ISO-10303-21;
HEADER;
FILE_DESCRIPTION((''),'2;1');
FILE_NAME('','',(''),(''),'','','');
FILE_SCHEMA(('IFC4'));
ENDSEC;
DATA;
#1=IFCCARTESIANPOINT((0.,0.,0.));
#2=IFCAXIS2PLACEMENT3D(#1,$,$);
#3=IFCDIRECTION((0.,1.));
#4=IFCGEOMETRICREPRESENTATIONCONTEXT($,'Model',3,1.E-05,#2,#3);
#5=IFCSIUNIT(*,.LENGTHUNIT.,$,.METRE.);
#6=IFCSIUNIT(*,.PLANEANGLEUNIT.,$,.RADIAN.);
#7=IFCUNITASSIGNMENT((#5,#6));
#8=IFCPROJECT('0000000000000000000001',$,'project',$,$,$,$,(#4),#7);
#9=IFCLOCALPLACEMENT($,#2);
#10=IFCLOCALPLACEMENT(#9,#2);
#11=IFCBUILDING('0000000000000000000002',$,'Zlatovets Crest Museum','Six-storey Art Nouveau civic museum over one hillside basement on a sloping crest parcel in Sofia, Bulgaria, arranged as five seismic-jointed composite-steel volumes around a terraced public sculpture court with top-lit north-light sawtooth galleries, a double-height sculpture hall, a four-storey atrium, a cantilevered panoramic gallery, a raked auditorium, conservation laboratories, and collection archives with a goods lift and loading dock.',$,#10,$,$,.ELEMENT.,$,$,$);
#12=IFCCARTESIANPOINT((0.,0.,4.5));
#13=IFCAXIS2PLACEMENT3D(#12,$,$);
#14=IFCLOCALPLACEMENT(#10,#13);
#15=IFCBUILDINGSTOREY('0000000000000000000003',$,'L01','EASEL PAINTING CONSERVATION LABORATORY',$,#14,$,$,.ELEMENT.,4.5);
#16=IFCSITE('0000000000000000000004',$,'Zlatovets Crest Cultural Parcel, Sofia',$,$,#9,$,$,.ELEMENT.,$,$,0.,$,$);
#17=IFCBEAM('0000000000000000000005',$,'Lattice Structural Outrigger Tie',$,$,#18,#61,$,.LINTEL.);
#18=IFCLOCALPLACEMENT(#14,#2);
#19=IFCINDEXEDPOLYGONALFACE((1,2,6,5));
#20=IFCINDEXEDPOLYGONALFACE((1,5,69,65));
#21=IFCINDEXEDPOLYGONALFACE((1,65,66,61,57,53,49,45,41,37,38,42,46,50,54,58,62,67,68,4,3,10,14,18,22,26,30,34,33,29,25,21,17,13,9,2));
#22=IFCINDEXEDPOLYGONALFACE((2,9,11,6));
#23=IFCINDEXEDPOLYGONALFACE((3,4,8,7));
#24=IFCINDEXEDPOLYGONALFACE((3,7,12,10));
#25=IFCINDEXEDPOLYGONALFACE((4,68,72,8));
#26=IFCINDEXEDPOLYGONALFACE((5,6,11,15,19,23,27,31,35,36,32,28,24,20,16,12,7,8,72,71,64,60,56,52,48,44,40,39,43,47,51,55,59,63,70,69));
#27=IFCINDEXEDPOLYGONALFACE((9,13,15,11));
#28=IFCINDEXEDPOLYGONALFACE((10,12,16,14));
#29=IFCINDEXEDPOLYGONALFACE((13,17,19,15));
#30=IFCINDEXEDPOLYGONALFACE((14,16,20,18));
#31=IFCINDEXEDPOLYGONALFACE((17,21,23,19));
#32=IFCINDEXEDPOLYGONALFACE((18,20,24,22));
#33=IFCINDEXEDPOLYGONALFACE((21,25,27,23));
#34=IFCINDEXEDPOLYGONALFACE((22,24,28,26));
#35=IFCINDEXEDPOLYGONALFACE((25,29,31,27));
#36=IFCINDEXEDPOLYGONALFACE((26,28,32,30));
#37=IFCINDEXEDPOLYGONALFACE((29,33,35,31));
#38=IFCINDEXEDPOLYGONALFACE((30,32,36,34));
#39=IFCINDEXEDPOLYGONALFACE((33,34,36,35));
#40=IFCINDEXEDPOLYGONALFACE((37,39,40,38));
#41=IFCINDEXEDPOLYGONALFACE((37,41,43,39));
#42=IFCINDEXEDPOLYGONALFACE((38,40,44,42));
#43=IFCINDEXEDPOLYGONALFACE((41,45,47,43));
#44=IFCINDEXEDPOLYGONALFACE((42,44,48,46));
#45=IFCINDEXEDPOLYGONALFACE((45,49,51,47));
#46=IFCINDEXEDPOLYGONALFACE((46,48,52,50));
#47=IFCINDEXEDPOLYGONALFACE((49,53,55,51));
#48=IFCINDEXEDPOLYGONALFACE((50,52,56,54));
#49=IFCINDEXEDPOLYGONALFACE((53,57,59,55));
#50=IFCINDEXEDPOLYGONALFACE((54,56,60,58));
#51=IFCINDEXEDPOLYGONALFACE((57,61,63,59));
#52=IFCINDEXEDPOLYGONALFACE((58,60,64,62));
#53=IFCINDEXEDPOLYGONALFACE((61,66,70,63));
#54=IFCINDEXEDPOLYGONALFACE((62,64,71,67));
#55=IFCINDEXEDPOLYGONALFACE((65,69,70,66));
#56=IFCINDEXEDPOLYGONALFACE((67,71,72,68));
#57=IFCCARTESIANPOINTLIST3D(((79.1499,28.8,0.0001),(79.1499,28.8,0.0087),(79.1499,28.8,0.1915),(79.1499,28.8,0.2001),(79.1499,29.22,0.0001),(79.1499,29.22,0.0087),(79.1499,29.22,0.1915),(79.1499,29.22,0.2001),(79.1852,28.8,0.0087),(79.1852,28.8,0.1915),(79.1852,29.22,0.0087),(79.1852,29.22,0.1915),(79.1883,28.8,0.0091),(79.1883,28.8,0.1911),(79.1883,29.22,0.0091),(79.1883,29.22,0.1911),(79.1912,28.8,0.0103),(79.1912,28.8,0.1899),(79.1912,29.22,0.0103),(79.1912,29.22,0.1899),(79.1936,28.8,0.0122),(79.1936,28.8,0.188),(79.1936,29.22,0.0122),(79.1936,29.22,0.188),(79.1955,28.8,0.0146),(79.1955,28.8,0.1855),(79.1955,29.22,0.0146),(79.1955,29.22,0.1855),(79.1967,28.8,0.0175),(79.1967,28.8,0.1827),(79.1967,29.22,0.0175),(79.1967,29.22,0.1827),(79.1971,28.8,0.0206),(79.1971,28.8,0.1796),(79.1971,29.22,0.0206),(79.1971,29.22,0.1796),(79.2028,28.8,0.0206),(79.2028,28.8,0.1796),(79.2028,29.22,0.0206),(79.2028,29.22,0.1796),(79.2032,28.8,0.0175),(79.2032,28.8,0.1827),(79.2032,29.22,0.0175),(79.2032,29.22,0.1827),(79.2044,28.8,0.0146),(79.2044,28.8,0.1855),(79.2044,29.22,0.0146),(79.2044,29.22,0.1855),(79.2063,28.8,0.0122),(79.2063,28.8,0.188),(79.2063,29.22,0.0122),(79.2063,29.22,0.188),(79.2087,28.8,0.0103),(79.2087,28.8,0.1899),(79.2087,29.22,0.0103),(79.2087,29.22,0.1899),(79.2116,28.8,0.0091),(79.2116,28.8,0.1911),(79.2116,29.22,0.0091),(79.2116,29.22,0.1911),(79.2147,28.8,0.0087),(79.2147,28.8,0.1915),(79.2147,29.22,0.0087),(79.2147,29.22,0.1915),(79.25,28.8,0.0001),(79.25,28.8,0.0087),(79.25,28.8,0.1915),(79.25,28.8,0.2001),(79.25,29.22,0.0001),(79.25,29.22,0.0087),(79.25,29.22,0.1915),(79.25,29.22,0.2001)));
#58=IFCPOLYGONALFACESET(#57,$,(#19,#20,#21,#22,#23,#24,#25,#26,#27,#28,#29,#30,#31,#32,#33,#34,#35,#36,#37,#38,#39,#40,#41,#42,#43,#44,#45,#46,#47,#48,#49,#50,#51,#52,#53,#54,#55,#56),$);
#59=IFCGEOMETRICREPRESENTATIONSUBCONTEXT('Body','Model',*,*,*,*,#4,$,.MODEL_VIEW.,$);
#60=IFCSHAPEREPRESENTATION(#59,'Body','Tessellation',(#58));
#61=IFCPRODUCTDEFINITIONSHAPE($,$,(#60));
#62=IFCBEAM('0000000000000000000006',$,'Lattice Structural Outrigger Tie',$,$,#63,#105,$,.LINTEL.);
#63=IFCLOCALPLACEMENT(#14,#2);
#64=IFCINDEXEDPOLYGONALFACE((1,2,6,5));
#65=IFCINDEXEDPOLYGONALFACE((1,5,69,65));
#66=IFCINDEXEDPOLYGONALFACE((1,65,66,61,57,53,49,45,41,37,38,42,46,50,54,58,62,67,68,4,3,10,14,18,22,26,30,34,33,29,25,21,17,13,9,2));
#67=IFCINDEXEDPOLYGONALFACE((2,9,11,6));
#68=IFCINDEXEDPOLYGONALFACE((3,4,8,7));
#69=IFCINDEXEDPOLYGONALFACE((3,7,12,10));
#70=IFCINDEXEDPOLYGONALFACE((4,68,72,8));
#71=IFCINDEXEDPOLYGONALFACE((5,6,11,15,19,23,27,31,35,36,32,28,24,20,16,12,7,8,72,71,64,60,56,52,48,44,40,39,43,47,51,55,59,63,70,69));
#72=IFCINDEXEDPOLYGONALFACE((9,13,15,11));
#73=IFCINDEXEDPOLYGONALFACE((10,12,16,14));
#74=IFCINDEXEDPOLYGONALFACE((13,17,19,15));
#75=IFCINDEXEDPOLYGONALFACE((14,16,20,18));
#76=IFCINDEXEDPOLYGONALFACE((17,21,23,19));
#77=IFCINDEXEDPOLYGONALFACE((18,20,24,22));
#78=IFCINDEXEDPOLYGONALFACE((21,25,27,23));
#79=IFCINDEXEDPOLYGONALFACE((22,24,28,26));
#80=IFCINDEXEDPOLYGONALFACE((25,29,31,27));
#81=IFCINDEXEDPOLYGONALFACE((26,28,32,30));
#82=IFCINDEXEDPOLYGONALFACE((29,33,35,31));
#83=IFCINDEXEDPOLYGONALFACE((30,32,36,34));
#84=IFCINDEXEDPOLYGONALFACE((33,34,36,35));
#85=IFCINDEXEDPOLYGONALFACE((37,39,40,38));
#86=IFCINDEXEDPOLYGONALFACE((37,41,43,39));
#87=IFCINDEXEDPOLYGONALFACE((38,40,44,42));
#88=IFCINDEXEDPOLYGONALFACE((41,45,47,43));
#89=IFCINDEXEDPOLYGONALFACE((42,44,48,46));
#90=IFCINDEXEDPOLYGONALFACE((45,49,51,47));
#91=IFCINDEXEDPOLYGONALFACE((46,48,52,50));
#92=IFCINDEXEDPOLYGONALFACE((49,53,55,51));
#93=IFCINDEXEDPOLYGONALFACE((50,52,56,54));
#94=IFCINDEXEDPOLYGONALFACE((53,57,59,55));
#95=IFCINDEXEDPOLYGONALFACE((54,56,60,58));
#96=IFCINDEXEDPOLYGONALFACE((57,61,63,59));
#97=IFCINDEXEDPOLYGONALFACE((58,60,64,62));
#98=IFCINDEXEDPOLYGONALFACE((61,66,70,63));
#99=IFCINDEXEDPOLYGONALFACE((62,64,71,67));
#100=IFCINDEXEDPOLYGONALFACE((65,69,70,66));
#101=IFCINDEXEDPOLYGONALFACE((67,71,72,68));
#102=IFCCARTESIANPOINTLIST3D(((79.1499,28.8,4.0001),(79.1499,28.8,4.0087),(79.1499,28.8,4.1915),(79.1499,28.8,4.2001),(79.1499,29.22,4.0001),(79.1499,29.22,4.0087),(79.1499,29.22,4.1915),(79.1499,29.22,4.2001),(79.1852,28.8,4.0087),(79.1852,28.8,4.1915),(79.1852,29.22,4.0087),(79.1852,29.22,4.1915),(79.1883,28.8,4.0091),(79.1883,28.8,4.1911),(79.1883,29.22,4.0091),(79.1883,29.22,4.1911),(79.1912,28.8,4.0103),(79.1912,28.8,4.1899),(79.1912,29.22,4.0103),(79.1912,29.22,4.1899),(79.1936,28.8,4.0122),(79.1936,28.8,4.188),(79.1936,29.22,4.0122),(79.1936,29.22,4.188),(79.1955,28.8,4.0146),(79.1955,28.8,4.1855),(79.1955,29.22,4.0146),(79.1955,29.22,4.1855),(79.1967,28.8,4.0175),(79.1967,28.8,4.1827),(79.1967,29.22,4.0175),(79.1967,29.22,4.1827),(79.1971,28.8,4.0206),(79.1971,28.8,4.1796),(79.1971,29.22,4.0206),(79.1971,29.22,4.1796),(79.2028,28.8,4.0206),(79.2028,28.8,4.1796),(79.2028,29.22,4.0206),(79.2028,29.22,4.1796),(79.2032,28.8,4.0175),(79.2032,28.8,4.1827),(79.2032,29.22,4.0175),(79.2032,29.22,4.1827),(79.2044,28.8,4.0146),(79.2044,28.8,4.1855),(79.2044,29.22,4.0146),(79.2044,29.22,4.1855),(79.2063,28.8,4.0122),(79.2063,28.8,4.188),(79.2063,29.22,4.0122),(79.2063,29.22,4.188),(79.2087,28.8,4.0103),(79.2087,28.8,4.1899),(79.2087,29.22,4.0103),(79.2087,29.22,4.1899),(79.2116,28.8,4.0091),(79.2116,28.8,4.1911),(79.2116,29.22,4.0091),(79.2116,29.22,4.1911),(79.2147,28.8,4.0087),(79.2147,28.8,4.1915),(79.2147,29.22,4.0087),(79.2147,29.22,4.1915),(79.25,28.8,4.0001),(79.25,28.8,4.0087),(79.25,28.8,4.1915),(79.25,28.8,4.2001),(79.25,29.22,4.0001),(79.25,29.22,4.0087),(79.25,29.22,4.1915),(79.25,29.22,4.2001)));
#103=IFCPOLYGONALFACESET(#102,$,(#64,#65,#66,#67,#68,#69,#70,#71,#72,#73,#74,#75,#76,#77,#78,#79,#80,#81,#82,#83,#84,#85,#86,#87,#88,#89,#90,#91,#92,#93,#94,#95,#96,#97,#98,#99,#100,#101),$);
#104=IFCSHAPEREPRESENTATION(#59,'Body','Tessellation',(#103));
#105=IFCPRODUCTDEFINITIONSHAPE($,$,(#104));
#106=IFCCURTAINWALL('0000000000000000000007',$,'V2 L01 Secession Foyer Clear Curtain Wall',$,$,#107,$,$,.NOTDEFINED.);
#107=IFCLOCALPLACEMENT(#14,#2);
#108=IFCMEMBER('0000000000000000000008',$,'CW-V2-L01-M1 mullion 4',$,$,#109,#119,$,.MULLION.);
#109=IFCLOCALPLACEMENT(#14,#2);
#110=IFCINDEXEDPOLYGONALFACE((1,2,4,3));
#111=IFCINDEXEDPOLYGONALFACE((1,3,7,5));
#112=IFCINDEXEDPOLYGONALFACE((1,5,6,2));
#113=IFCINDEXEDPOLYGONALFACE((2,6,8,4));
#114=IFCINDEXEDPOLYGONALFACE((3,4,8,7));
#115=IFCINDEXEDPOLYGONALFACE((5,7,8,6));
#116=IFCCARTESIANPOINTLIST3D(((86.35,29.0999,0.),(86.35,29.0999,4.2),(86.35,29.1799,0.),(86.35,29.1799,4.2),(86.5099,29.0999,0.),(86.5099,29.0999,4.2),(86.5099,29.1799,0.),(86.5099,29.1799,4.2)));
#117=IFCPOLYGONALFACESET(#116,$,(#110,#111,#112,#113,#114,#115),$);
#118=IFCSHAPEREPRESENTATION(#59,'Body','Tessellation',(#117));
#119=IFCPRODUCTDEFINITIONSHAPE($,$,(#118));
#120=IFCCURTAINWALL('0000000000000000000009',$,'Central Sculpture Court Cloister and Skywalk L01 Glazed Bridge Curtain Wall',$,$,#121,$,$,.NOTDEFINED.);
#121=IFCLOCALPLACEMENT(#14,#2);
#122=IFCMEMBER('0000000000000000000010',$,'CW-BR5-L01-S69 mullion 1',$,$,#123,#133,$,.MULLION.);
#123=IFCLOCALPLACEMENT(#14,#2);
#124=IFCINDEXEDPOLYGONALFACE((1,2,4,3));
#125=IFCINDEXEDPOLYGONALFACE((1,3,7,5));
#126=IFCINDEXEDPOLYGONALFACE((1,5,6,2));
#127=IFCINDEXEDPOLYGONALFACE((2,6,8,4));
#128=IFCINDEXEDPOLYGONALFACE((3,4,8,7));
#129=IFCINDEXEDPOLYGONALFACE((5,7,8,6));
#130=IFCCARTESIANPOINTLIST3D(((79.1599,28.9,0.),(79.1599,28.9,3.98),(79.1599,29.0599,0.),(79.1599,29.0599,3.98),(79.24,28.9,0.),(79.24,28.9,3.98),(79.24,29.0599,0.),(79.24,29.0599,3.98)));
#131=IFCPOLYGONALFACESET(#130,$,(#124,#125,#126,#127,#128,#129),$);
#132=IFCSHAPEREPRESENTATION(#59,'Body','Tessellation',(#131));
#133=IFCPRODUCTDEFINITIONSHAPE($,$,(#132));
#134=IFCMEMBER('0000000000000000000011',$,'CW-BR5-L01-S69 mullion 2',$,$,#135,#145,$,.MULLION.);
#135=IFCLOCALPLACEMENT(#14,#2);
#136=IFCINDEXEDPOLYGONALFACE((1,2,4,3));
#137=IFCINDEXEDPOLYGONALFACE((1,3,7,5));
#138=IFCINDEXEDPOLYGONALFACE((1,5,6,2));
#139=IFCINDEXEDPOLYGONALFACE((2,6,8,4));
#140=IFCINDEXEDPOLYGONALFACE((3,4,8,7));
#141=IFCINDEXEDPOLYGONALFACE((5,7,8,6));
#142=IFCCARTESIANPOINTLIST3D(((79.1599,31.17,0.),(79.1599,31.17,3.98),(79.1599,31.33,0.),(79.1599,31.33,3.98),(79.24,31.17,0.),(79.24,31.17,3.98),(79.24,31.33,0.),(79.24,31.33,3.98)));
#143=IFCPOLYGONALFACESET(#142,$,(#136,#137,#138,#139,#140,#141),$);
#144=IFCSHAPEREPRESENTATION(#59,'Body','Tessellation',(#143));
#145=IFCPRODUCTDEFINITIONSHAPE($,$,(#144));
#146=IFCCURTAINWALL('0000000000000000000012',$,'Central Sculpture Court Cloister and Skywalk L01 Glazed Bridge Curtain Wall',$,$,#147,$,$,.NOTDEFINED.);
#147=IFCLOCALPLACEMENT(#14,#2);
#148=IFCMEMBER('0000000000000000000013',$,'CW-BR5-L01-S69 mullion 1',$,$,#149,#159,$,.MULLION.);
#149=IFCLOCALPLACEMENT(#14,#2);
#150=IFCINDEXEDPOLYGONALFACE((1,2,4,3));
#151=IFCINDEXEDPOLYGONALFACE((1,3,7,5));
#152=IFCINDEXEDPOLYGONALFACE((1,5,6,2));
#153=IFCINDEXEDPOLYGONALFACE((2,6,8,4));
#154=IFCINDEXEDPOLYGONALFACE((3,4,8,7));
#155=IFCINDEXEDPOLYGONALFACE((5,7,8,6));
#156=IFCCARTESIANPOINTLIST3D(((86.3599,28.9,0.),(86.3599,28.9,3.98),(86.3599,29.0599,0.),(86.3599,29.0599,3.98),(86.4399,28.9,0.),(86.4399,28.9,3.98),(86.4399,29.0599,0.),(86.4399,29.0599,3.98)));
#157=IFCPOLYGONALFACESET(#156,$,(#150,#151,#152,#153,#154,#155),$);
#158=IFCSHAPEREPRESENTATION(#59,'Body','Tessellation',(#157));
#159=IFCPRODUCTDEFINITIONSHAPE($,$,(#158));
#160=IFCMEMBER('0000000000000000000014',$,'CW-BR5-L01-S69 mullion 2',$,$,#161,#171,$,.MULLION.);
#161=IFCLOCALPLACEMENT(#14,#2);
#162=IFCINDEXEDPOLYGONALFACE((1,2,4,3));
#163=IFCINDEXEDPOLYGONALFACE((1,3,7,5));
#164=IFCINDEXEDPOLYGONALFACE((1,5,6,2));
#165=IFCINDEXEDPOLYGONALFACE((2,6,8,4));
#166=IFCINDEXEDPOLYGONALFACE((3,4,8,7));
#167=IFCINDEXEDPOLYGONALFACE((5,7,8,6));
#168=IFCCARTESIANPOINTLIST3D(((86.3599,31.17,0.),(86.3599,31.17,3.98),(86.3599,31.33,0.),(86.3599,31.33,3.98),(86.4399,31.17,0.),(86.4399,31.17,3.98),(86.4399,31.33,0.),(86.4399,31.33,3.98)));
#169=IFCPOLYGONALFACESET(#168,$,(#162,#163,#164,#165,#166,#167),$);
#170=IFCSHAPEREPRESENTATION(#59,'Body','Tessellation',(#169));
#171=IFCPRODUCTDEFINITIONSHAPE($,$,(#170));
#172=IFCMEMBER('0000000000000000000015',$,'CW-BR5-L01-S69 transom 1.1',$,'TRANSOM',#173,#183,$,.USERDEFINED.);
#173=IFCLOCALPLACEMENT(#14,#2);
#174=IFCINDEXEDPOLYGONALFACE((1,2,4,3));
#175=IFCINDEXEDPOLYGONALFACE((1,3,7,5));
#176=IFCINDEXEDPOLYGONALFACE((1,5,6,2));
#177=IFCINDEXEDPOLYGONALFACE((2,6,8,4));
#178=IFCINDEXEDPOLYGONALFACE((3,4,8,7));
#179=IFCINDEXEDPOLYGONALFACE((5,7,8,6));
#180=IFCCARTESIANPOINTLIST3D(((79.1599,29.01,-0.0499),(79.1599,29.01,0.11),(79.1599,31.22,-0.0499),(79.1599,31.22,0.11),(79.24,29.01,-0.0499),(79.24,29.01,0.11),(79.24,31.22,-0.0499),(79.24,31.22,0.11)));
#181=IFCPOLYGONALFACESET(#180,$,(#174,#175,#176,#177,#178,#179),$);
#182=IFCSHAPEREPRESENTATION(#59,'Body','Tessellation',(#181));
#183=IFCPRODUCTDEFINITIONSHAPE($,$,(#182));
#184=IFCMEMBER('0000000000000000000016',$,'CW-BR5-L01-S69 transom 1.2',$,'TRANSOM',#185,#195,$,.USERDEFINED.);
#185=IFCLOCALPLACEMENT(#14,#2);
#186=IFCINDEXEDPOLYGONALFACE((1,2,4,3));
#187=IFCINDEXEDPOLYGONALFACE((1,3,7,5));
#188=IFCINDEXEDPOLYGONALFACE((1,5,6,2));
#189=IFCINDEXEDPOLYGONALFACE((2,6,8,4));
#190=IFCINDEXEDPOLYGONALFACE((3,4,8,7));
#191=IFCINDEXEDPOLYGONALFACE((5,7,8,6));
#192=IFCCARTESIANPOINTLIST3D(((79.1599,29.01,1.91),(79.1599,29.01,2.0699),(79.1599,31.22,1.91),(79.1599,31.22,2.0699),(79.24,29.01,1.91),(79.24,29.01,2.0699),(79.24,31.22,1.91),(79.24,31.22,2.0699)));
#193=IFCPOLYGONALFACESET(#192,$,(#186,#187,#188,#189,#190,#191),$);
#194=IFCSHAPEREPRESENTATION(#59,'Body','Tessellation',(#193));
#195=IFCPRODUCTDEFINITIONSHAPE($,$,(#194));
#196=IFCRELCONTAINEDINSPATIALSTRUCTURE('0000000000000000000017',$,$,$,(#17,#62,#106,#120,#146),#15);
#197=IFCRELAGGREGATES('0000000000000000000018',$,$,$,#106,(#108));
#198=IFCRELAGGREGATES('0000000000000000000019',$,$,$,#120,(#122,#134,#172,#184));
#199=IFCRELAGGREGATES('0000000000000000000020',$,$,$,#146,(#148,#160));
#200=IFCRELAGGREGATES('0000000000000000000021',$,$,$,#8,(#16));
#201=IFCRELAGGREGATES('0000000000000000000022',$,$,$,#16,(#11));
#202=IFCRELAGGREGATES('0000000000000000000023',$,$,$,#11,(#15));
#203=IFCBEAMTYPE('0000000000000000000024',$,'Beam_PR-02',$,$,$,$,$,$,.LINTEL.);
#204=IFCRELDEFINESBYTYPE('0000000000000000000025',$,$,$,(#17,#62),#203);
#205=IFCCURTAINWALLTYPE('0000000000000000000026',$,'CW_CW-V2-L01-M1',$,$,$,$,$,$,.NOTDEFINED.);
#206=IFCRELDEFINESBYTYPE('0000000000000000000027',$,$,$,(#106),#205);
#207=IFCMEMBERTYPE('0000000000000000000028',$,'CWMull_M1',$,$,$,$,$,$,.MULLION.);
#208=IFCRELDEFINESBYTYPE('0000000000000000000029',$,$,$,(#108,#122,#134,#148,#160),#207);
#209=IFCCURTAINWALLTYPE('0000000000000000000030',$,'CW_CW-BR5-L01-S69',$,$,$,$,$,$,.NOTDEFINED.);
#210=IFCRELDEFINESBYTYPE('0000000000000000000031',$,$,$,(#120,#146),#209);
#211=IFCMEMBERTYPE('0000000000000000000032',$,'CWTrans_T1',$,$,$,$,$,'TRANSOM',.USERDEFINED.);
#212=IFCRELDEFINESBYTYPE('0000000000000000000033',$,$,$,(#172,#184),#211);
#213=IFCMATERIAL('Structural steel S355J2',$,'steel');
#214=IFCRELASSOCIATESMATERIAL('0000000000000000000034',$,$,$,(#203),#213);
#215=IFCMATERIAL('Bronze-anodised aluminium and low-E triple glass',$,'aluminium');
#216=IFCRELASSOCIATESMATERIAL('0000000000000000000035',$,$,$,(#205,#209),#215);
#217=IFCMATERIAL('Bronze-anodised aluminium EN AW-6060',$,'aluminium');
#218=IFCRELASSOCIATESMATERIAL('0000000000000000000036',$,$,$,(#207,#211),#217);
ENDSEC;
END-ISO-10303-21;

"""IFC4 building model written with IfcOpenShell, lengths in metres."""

from ifc_helpers import new_model, si_unit, direction, frame, origin, origin_2d, place, context, subcontext, project, spatial, rectangle, i_section, extrude, material, material_profile, profile_set, type_object, element, aggregate, save


model = new_model("IFC4")

# Units and contexts
model_context = context("Model", 3, precision=1e-05, world=origin(), true_north=direction((0.0, 1.0)))
body_context = subcontext(model_context, "Body", "Model", "MODEL_VIEW")
ifc_project = project(units=[si_unit("LENGTHUNIT", "METRE"), si_unit("PLANEANGLEUNIT", "RADIAN")], contexts=[model_context])

# Site, building, storey
site_placement = place(None, origin())
site = spatial("IfcSite", under=ifc_project, at=site_placement, Name="Zlatovets Crest Cultural Parcel, Sofia", CompositionType="ELEMENT", RefElevation=0.0)
building_placement = place(site_placement, origin())
building = spatial("IfcBuilding", under=site, at=building_placement, Name="Zlatovets Crest Museum", Description="Six-storey Art Nouveau civic museum over one hillside basement on a sloping crest parcel in Sofia, Bulgaria, arranged as five seismic-jointed composite-steel volumes around a terraced public sculpture court with top-lit north-light sawtooth galleries, a double-height sculpture hall, a four-storey atrium, a cantilevered panoramic gallery, a raked auditorium, conservation laboratories, and collection archives with a goods lift and loading dock.", CompositionType="ELEMENT")
storey_placement = place(building_placement, frame((0.0, 0.0, 4.5)))
storey = spatial("IfcBuildingStorey", under=building, at=storey_placement, Name="L01", Description="EASEL PAINTING CONSERVATION LABORATORY", CompositionType="ELEMENT", Elevation=4.5)

# Shared definitions
ifc_material_1 = material(Name="Structural steel S355J2", Category="steel")

# Beams
ifc_material_profile_1 = material_profile(ifc_material_1, i_section(OverallWidth=0.1001, OverallDepth=0.2, WebThickness=0.0056, FlangeThickness=0.0085, FilletRadius=0.012, at=origin_2d()), Name="IPE 200")
ifc_profile_set_1 = profile_set([ifc_material_profile_1], Name="Structural steel S355J2")
beam_type_1 = type_object("IfcBeamType", Name="Beam_PR-02", PredefinedType="LINTEL", material=ifc_profile_set_1)
for number, where, z_axis, x_axis, name in (
    (1, (79.2, 28.8, 0.1001), (0.0, 1.0, 0.0), (-1.0, 0.0, 0.0), "Lattice Structural Outrigger Tie"),
    (2, (79.2, 28.8, 4.1001), (0.0, 1.0, 0.0), (-1.0, 0.0, 0.0), "Lattice Structural Outrigger Tie"),
):
    element("IfcBeam", number, at=place(storey_placement, frame(where, z_axis=z_axis, x_axis=x_axis)), inside=storey, type_object=beam_type_1, Name=name, PredefinedType="LINTEL", context=body_context, shape_type="SweptSolid", body=[
        extrude(i_section(OverallWidth=0.1001, OverallDepth=0.2, WebThickness=0.0056, FlangeThickness=0.0085, FilletRadius=0.012, at=origin_2d()), origin(), (0.0, 0.0, 1.0), 0.4199),
    ])

# Curtain wall, member
ifc_material_2 = material(Name="Bronze-anodised aluminium and low-E triple glass", Category="aluminium")
curtain_wall_type_1 = type_object("IfcCurtainWallType", Name="CW_CW-V2-L01-M1", PredefinedType="NOTDEFINED", material=ifc_material_2)
curtain_wall_1_placement = place(storey_placement, origin())
curtain_wall_1 = element("IfcCurtainWall", 3, at=curtain_wall_1_placement, inside=storey, type_object=curtain_wall_type_1, Name="V2 L01 Secession Foyer Clear Curtain Wall", PredefinedType="NOTDEFINED")
ifc_material_3 = material(Name="Bronze-anodised aluminium EN AW-6060", Category="aluminium")
ifc_material_profile_2 = material_profile(ifc_material_3, rectangle(XDim=0.0801, YDim=0.1599, at=origin_2d()), Name="ALU 80x160")
ifc_profile_set_2 = profile_set([ifc_material_profile_2], Name="Bronze-anodised aluminium EN AW-6060")
member_type_1 = type_object("IfcMemberType", Name="CWMull_M1", PredefinedType="MULLION", material=ifc_profile_set_2)
member_1_placement = place(storey_placement, frame((86.4299, 29.1399, 0.0), z_axis=(0.0, 0.0, 1.0), x_axis=(0.0, -1.0, 0.0)))
member_1 = element("IfcMember", 4, at=member_1_placement, type_object=member_type_1, Name="CW-V2-L01-M1 mullion 4", PredefinedType="MULLION", context=body_context, shape_type="SweptSolid", body=[
    extrude(rectangle(XDim=0.0801, YDim=0.1599, at=origin_2d()), origin(), (0.0, 0.0, 1.0), 4.2),
])
aggregate(curtain_wall_1, [member_1])

# Curtain walls, members
curtain_wall_type_2 = type_object("IfcCurtainWallType", Name="CW_CW-BR5-L01-S69", PredefinedType="NOTDEFINED", material=ifc_material_2)
curtain_wall_2_placement = place(storey_placement, origin())
curtain_wall_2 = element("IfcCurtainWall", 5, at=curtain_wall_2_placement, inside=storey, type_object=curtain_wall_type_2, Name="Central Sculpture Court Cloister and Skywalk L01 Glazed Bridge Curtain Wall", PredefinedType="NOTDEFINED")
member_2_placement = place(storey_placement, frame((79.2, 28.98, 0.0), z_axis=(0.0, 0.0, 1.0), x_axis=(-1.0, 0.0, 0.0)))
member_2 = element("IfcMember", 6, at=member_2_placement, type_object=member_type_1, Name="CW-BR5-L01-S69 mullion 1", PredefinedType="MULLION", context=body_context, shape_type="SweptSolid", body=[
    extrude(rectangle(XDim=0.0801, YDim=0.1599, at=origin_2d()), origin(), (0.0, 0.0, 1.0), 3.98),
])
member_3_placement = place(storey_placement, frame((79.2, 31.25, 0.0), z_axis=(0.0, 0.0, 1.0), x_axis=(-1.0, 0.0, 0.0)))
member_3 = element("IfcMember", 7, at=member_3_placement, type_object=member_type_1, Name="CW-BR5-L01-S69 mullion 2", PredefinedType="MULLION", context=body_context, shape_type="SweptSolid", body=[
    extrude(rectangle(XDim=0.0801, YDim=0.1599, at=origin_2d()), origin(), (0.0, 0.0, 1.0), 3.98),
])
curtain_wall_3_placement = place(storey_placement, origin())
curtain_wall_3 = element("IfcCurtainWall", 8, at=curtain_wall_3_placement, inside=storey, type_object=curtain_wall_type_2, Name="Central Sculpture Court Cloister and Skywalk L01 Glazed Bridge Curtain Wall", PredefinedType="NOTDEFINED")
member_4_placement = place(storey_placement, frame((86.3999, 28.98, 0.0), z_axis=(0.0, 0.0, 1.0), x_axis=(-1.0, 0.0, 0.0)))
member_4 = element("IfcMember", 9, at=member_4_placement, type_object=member_type_1, Name="CW-BR5-L01-S69 mullion 1", PredefinedType="MULLION", context=body_context, shape_type="SweptSolid", body=[
    extrude(rectangle(XDim=0.0801, YDim=0.1599, at=origin_2d()), origin(), (0.0, 0.0, 1.0), 3.98),
])
member_5_placement = place(storey_placement, frame((86.3999, 31.25, 0.0), z_axis=(0.0, 0.0, 1.0), x_axis=(-1.0, 0.0, 0.0)))
member_5 = element("IfcMember", 10, at=member_5_placement, type_object=member_type_1, Name="CW-BR5-L01-S69 mullion 2", PredefinedType="MULLION", context=body_context, shape_type="SweptSolid", body=[
    extrude(rectangle(XDim=0.0801, YDim=0.1599, at=origin_2d()), origin(), (0.0, 0.0, 1.0), 3.98),
])

# Members
ifc_material_profile_3 = material_profile(ifc_material_3, rectangle(XDim=0.0801, YDim=0.1599, at=origin_2d()), Name="ALU 80x160")
ifc_profile_set_3 = profile_set([ifc_material_profile_3], Name="Bronze-anodised aluminium EN AW-6060")
member_type_2 = type_object("IfcMemberType", Name="CWTrans_T1", ElementType="TRANSOM", PredefinedType="USERDEFINED", material=ifc_profile_set_3)
member_6_placement = place(storey_placement, frame((79.2, 29.01, 0.03), z_axis=(0.0, 1.0, 0.0), x_axis=(-1.0, 0.0, 0.0)))
member_6 = element("IfcMember", 11, at=member_6_placement, type_object=member_type_2, Name="CW-BR5-L01-S69 transom 1.1", ObjectType="TRANSOM", PredefinedType="USERDEFINED", context=body_context, shape_type="SweptSolid", body=[
    extrude(rectangle(XDim=0.0801, YDim=0.1599, at=origin_2d()), origin(), (0.0, 0.0, 1.0), 2.21),
])
member_7_placement = place(storey_placement, frame((79.2, 29.01, 1.99), z_axis=(0.0, 1.0, 0.0), x_axis=(-1.0, 0.0, 0.0)))
member_7 = element("IfcMember", 12, at=member_7_placement, type_object=member_type_2, Name="CW-BR5-L01-S69 transom 1.2", ObjectType="TRANSOM", PredefinedType="USERDEFINED", context=body_context, shape_type="SweptSolid", body=[
    extrude(rectangle(XDim=0.0801, YDim=0.1599, at=origin_2d()), origin(), (0.0, 0.0, 1.0), 2.21),
])

aggregate(curtain_wall_2, [member_2, member_3, member_6, member_7])
aggregate(curtain_wall_3, [member_4, member_5])

save(model, "model.ifc")
